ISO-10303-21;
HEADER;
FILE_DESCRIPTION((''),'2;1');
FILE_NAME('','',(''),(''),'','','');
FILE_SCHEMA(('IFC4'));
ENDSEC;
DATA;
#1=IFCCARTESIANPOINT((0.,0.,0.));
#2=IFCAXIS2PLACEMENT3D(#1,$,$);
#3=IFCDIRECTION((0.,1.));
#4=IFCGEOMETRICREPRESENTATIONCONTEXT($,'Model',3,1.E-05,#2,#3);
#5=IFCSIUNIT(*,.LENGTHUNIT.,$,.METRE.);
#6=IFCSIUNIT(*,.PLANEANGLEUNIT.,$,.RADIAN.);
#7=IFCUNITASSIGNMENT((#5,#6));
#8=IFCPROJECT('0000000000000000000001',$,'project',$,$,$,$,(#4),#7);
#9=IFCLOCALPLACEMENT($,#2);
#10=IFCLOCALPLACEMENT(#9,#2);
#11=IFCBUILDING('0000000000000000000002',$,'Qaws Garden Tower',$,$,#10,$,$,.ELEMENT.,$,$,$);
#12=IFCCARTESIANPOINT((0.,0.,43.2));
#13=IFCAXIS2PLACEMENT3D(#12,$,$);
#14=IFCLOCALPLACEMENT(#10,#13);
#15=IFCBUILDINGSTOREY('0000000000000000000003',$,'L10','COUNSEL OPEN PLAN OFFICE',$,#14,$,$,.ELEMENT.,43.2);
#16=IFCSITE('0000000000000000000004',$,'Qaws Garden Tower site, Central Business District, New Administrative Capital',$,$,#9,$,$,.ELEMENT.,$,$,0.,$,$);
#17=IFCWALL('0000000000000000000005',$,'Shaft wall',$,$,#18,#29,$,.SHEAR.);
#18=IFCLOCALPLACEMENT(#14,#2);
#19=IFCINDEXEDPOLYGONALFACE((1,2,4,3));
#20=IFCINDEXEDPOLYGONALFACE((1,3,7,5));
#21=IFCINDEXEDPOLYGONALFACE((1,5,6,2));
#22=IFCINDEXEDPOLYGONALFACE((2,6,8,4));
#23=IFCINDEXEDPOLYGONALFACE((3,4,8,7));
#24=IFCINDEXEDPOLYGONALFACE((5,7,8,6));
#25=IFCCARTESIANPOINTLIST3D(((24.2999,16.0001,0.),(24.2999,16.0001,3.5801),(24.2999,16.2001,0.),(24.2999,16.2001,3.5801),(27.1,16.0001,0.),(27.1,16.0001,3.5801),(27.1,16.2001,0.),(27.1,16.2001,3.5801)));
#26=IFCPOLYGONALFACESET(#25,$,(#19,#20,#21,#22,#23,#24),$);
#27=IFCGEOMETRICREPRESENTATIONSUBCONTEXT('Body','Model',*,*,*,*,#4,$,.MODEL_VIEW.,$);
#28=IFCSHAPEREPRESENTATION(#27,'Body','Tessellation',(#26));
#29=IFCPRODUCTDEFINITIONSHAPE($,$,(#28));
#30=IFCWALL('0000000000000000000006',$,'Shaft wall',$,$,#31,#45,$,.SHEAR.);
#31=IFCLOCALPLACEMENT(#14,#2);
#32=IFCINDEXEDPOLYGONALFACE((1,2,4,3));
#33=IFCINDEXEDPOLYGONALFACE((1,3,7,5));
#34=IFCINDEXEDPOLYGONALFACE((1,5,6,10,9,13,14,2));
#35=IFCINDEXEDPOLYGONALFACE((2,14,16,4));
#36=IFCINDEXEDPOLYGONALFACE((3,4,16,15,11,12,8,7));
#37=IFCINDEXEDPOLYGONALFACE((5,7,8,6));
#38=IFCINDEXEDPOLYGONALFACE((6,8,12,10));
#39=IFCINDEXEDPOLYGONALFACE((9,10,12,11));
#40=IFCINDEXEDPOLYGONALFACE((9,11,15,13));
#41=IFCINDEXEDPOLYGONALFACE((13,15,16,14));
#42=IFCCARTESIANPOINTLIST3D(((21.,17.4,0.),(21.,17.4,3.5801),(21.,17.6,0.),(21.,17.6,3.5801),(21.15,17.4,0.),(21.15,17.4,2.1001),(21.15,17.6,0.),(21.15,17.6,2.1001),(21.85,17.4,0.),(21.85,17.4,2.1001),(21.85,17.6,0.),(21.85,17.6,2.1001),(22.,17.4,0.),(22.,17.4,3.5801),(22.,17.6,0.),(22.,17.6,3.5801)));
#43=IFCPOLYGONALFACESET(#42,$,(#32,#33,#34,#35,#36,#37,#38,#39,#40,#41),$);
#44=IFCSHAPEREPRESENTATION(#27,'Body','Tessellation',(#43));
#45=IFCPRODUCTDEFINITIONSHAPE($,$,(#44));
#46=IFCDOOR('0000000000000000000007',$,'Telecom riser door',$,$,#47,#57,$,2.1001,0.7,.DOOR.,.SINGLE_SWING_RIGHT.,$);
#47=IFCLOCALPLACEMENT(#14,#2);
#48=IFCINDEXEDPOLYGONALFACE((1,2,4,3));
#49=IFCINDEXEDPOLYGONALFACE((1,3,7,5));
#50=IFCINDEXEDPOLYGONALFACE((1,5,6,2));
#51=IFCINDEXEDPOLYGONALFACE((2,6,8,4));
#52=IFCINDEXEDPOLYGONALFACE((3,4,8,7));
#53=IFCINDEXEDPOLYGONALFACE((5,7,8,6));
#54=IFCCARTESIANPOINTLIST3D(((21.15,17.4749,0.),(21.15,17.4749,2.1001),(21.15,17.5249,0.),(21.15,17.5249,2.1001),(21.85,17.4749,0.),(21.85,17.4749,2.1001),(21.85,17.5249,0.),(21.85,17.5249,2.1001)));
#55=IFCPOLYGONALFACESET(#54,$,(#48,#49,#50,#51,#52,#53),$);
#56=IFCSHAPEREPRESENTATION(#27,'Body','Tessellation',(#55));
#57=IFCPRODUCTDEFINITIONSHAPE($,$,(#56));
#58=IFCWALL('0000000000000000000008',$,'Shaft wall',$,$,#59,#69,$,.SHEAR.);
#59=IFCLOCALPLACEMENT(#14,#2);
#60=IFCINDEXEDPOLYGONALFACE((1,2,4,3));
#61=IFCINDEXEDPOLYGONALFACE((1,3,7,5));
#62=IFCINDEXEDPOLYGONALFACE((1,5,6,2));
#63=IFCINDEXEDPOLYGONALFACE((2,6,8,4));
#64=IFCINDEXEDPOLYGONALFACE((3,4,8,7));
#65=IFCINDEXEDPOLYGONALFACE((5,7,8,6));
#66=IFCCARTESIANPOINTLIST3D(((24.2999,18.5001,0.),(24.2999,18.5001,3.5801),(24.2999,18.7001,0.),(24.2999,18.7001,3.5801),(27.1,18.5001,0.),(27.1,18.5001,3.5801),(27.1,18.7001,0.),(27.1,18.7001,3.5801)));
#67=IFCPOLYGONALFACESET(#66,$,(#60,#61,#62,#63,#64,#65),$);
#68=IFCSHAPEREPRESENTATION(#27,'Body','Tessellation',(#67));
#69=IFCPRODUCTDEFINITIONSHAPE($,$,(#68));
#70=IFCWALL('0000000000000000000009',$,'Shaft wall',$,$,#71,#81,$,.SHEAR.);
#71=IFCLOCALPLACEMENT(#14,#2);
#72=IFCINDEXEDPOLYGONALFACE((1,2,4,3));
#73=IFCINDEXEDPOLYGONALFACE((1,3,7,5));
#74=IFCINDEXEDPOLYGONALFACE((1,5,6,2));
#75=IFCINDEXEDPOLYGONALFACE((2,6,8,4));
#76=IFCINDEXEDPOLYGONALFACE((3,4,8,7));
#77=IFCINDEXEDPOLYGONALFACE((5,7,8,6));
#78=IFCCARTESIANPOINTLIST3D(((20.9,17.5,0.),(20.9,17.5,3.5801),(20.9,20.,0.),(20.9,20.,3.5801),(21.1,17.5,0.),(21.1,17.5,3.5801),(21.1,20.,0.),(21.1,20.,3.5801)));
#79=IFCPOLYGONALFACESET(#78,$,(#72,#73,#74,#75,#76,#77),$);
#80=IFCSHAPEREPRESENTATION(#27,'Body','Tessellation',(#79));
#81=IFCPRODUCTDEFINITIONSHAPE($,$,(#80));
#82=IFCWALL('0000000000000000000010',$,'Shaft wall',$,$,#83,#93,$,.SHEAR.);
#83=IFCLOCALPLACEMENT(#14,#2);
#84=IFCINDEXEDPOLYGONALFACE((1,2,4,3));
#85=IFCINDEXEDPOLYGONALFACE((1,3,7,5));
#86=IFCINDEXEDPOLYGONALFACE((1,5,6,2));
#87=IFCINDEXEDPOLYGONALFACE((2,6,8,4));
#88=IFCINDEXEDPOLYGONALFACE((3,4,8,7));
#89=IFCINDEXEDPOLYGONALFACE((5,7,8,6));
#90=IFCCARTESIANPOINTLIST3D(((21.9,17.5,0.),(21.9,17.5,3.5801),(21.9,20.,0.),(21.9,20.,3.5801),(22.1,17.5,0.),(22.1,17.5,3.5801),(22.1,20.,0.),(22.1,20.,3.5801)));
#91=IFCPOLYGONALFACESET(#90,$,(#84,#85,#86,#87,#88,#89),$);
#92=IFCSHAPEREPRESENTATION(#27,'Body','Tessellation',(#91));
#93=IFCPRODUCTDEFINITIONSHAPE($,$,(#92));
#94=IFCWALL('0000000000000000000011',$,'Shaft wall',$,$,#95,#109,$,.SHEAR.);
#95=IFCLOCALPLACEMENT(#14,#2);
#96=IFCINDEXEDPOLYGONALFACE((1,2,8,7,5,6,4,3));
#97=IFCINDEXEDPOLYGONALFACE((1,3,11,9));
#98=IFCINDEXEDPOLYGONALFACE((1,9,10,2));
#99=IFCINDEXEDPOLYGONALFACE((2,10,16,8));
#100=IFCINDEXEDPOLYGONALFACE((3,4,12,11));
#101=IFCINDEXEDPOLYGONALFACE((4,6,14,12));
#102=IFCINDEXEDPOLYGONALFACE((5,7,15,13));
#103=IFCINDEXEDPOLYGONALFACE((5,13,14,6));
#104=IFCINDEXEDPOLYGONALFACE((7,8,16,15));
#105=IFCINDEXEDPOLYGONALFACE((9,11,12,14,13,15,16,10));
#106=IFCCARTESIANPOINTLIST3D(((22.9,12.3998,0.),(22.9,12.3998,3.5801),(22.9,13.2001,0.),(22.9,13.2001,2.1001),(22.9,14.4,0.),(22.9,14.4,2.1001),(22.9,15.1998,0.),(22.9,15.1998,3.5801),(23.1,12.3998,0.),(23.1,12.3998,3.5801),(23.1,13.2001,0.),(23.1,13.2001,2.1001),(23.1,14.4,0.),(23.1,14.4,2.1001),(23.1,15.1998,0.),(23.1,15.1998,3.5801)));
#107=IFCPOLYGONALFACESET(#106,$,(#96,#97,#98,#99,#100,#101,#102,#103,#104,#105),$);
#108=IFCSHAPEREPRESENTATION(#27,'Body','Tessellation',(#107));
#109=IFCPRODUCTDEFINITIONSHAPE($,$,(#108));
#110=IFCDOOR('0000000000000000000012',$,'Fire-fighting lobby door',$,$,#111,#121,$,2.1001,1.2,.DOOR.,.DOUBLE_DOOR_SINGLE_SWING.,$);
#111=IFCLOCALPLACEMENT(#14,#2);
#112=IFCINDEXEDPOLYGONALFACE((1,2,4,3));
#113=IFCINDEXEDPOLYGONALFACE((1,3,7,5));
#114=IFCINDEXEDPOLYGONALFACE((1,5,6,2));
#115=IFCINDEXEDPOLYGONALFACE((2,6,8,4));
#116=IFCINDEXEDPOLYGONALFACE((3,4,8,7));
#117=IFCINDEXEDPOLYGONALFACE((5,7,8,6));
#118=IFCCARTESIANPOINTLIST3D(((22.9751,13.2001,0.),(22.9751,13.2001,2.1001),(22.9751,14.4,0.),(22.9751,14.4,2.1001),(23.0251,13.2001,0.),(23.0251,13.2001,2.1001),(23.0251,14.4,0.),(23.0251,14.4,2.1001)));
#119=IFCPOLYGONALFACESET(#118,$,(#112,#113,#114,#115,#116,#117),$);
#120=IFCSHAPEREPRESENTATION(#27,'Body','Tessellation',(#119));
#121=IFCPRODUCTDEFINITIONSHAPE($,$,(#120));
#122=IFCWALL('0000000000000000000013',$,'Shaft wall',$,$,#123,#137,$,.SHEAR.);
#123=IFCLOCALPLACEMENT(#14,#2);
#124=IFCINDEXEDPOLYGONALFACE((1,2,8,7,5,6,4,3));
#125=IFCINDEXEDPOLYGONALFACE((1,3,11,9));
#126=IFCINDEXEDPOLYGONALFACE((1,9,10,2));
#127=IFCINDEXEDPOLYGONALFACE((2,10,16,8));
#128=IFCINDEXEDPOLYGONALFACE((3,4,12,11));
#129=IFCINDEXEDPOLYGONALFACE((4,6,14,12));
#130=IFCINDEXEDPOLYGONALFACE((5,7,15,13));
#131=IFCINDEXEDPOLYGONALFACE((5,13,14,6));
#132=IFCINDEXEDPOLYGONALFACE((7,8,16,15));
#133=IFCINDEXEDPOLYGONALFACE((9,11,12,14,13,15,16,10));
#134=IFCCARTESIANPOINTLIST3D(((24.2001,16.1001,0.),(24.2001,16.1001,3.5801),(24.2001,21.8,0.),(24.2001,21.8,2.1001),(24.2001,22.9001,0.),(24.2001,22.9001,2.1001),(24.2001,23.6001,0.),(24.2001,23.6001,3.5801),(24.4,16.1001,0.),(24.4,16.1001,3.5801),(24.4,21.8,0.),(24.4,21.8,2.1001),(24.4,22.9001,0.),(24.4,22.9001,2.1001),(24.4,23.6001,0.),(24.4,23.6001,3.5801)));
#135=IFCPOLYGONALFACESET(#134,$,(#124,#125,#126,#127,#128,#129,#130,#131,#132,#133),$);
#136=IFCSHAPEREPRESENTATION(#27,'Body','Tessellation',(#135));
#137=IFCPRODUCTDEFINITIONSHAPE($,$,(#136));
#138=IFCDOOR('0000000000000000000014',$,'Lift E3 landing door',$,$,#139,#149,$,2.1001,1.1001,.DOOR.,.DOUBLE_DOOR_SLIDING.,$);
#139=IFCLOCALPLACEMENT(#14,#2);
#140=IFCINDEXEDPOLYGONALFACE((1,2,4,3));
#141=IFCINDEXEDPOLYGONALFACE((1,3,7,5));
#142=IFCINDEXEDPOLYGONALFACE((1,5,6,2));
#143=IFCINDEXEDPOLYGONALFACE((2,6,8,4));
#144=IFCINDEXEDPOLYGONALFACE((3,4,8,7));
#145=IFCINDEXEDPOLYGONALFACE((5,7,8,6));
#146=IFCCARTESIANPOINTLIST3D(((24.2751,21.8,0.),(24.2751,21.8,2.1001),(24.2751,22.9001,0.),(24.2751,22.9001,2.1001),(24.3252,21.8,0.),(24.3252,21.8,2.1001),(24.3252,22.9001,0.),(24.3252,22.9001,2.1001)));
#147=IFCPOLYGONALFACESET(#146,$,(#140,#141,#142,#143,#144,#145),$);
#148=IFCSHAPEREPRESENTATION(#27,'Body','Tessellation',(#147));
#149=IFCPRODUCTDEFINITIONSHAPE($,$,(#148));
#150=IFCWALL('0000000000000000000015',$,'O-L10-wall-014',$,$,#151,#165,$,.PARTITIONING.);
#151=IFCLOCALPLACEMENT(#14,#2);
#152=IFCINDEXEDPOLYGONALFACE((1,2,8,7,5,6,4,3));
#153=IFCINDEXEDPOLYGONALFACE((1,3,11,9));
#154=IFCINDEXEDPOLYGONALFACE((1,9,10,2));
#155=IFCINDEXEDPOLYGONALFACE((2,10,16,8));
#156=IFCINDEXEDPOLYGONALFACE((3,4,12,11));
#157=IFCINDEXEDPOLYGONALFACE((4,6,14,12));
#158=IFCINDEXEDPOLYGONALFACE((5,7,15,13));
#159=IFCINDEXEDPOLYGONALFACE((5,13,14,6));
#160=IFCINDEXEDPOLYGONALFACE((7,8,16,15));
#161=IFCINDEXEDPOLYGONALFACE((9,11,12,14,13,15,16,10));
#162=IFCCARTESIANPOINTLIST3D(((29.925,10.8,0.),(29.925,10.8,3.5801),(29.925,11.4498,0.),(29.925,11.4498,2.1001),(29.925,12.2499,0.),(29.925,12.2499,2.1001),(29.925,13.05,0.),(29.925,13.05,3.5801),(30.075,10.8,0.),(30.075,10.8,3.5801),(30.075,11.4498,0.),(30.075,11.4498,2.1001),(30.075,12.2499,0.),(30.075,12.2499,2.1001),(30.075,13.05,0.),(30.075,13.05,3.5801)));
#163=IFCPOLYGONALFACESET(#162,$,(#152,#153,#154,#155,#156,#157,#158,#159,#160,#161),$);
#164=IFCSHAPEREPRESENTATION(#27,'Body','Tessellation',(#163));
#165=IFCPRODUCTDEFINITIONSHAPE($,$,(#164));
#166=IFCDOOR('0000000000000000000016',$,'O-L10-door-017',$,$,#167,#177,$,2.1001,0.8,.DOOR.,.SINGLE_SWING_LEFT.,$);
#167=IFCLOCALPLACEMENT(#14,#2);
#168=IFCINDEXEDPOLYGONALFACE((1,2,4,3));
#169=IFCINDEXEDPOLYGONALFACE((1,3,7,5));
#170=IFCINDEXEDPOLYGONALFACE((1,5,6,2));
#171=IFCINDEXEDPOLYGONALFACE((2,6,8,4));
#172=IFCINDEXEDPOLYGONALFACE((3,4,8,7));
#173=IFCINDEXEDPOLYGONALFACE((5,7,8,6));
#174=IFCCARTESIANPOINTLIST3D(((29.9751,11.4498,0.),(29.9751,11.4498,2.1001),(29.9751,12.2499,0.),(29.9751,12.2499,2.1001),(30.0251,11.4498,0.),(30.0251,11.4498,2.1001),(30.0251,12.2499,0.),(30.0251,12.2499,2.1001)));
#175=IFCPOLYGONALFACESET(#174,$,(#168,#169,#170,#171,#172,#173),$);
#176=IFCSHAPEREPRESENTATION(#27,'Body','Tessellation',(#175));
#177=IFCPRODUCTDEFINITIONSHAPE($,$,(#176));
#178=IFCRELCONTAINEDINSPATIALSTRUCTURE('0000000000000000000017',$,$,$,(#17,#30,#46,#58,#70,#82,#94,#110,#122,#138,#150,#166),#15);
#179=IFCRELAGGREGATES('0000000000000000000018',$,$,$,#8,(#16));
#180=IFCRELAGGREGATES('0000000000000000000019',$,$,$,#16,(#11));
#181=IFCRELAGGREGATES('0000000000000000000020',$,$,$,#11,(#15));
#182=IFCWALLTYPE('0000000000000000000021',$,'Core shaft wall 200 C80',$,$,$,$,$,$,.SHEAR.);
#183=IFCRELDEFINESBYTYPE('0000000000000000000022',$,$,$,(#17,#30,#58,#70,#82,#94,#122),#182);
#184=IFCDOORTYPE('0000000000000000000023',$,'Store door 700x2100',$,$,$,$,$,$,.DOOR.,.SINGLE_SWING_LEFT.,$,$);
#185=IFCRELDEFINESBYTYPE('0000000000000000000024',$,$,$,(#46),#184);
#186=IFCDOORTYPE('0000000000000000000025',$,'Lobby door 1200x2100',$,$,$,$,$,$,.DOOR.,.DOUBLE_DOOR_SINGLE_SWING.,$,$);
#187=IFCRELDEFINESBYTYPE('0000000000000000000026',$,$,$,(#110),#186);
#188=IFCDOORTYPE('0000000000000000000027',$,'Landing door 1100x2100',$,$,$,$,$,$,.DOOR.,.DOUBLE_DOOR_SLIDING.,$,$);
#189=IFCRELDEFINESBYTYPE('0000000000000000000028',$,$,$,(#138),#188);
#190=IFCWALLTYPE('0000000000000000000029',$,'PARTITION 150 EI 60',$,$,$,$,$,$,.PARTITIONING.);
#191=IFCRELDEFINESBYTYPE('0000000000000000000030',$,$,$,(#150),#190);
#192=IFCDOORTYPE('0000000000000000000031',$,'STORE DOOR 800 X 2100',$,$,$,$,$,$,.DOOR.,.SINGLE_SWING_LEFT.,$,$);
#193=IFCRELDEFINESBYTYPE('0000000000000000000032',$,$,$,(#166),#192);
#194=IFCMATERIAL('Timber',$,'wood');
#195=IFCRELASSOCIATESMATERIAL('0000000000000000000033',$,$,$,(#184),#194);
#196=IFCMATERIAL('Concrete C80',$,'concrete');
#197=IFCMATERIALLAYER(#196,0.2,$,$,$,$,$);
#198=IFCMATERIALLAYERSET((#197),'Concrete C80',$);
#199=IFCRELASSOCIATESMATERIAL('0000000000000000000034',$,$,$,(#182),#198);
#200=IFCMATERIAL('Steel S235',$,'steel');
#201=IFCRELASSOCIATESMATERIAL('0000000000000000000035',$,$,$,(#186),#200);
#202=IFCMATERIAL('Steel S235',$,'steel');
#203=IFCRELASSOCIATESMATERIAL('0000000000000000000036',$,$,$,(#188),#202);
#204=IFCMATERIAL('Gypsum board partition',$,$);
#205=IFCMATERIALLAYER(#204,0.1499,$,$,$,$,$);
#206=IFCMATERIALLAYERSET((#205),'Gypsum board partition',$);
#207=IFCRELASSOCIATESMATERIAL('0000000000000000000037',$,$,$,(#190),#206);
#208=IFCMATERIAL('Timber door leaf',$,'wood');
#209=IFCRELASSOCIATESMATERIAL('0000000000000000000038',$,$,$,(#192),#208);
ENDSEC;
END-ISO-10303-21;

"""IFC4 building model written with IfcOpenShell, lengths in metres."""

from ifc_helpers import new_model, si_unit, direction, frame, frame_2d, origin, place, context, subcontext, project, spatial, rectangle, extrude, material, layer, layer_set, type_object, element, fill, save


model = new_model("IFC4")

# Units and contexts
model_context = context("Model", 3, precision=1e-05, world=origin(), true_north=direction((0.0, 1.0)))
body_context = subcontext(model_context, "Body", "Model", "MODEL_VIEW")
ifc_project = project(units=[si_unit("LENGTHUNIT", "METRE"), si_unit("PLANEANGLEUNIT", "RADIAN")], contexts=[model_context])

# Site, building, storey
site_placement = place(None, origin())
site = spatial("IfcSite", under=ifc_project, at=site_placement, Name="Qaws Garden Tower site, Central Business District, New Administrative Capital", CompositionType="ELEMENT", RefElevation=0.0)
building_placement = place(site_placement, origin())
building = spatial("IfcBuilding", under=site, at=building_placement, Name="Qaws Garden Tower", CompositionType="ELEMENT")
storey_placement = place(building_placement, frame((0.0, 0.0, 43.2)))
storey = spatial("IfcBuildingStorey", under=building, at=storey_placement, Name="L10", Description="COUNSEL OPEN PLAN OFFICE", CompositionType="ELEMENT", Elevation=43.2)

# Shared definitions
ifc_material_1 = material(Name="Timber", Category="wood")
door_type_1 = type_object("IfcDoorType", Name="Store door 700x2100", OperationType="SINGLE_SWING_LEFT", PredefinedType="DOOR", material=ifc_material_1)

# Wall
ifc_material_2 = material(Name="Concrete C80", Category="concrete")
ifc_layer_1 = layer(ifc_material_2, 0.2)
ifc_layer_set_1 = layer_set([ifc_layer_1], Name="Concrete C80")
wall_type_1 = type_object("IfcWallType", Name="Core shaft wall 200 C80", PredefinedType="SHEAR", material=ifc_layer_set_1)
wall_1_placement = place(storey_placement, frame((24.3, 16.1001, 0.0), z_axis=(0.0, 0.0, 1.0), x_axis=(1.0, 0.0, 0.0)))
element("IfcWall", 1, at=wall_1_placement, inside=storey, type_object=wall_type_1, Name="Shaft wall", PredefinedType="SHEAR", context=body_context, shape_type="SweptSolid", body=[
    extrude(rectangle(XDim=2.8, YDim=0.2, at=frame_2d((1.3999, 0.0))), origin(), (0.0, 0.0, 1.0), 3.5801),
])

# Wall, opening, door
wall_2_placement = place(storey_placement, frame((21.0, 17.5, 0.0), z_axis=(0.0, 0.0, 1.0), x_axis=(1.0, 0.0, 0.0)))
wall_2 = element("IfcWall", 2, at=wall_2_placement, inside=storey, type_object=wall_type_1, Name="Shaft wall", PredefinedType="SHEAR", context=body_context, shape_type="SweptSolid", body=[
    extrude(rectangle(XDim=1.0, YDim=0.2, at=frame_2d((0.5, 0.0))), origin(), (0.0, 0.0, 1.0), 3.5801),
])
opening_1_placement = place(wall_2_placement, frame((0.1499, 0.0, 0.0)))
opening_1 = element("IfcOpeningElement", 3, at=opening_1_placement, cuts=wall_2, PredefinedType="OPENING", context=body_context, shape_type="SweptSolid", body=[
    extrude(rectangle(XDim=0.7, YDim=2.1001, at=frame_2d((0.3501, 1.05))), frame((0.0, 0.1099, 0.0), z_axis=(0.0, -1.0, 0.0), x_axis=(1.0, 0.0, 0.0)), (0.0, 0.0, 1.0), 0.22),
])
door_1_placement = place(opening_1_placement, origin())
door_1 = element("IfcDoor", 4, at=door_1_placement, inside=storey, type_object=door_type_1, Name="Telecom riser door", OperationType="SINGLE_SWING_RIGHT", OverallHeight=2.1001, OverallWidth=0.7, PredefinedType="DOOR", context=body_context, shape_type="SweptSolid", body=[
    extrude(rectangle(XDim=0.7, YDim=2.1001, at=frame_2d((0.3501, 1.05))), frame((0.0, 0.0249, 0.0), z_axis=(0.0, -1.0, 0.0), x_axis=(1.0, 0.0, 0.0)), (0.0, 0.0, 1.0), 0.05),
])
fill(opening_1, door_1)

# Walls
wall_3_placement = place(storey_placement, frame((24.3, 18.6001, 0.0), z_axis=(0.0, 0.0, 1.0), x_axis=(1.0, 0.0, 0.0)))
element("IfcWall", 5, at=wall_3_placement, inside=storey, type_object=wall_type_1, Name="Shaft wall", PredefinedType="SHEAR", context=body_context, shape_type="SweptSolid", body=[
    extrude(rectangle(XDim=2.8, YDim=0.2, at=frame_2d((1.3999, 0.0))), origin(), (0.0, 0.0, 1.0), 3.5801),
])
for number, where, z_axis, x_axis, name in (
    (6, (21.0, 17.5, 0.0), (0.0, 0.0, 1.0), (0.0, 1.0, 0.0), "Shaft wall"),
    (7, (22.0, 17.5, 0.0), (0.0, 0.0, 1.0), (0.0, 1.0, 0.0), "Shaft wall"),
):
    element("IfcWall", number, at=place(storey_placement, frame(where, z_axis=z_axis, x_axis=x_axis)), inside=storey, type_object=wall_type_1, Name=name, PredefinedType="SHEAR", context=body_context, shape_type="SweptSolid", body=[
        extrude(rectangle(XDim=2.5, YDim=0.2, at=frame_2d((1.25, 0.0))), origin(), (0.0, 0.0, 1.0), 3.5801),
    ])

# Walls, openings, doors
wall_4_placement = place(storey_placement, frame((23.0, 12.3999, 0.0), z_axis=(0.0, 0.0, 1.0), x_axis=(0.0, 1.0, 0.0)))
wall_4 = element("IfcWall", 8, at=wall_4_placement, inside=storey, type_object=wall_type_1, Name="Shaft wall", PredefinedType="SHEAR", context=body_context, shape_type="SweptSolid", body=[
    extrude(rectangle(XDim=2.8, YDim=0.2, at=frame_2d((1.3999, 0.0))), origin(), (0.0, 0.0, 1.0), 3.5801),
])
opening_2_placement = place(wall_4_placement, frame((0.8, 0.0, 0.0)))
opening_2 = element("IfcOpeningElement", 9, at=opening_2_placement, cuts=wall_4, PredefinedType="OPENING", context=body_context, shape_type="SweptSolid", body=[
    extrude(rectangle(XDim=1.2, YDim=2.1001, at=frame_2d((0.6001, 1.05))), frame((0.0, 0.1099, 0.0), z_axis=(0.0, -1.0, 0.0), x_axis=(1.0, 0.0, 0.0)), (0.0, 0.0, 1.0), 0.22),
])
ifc_material_3 = material(Name="Steel S235", Category="steel")
door_type_2 = type_object("IfcDoorType", Name="Lobby door 1200x2100", OperationType="DOUBLE_DOOR_SINGLE_SWING", PredefinedType="DOOR", material=ifc_material_3)
door_2_placement = place(opening_2_placement, origin())
door_2 = element("IfcDoor", 10, at=door_2_placement, inside=storey, type_object=door_type_2, Name="Fire-fighting lobby door", OperationType="DOUBLE_DOOR_SINGLE_SWING", OverallHeight=2.1001, OverallWidth=1.2, PredefinedType="DOOR", context=body_context, shape_type="SweptSolid", body=[
    extrude(rectangle(XDim=1.2, YDim=2.1001, at=frame_2d((0.6001, 1.05))), frame((0.0, 0.0249, 0.0), z_axis=(0.0, -1.0, 0.0), x_axis=(1.0, 0.0, 0.0)), (0.0, 0.0, 1.0), 0.05),
])
fill(opening_2, door_2)
wall_5_placement = place(storey_placement, frame((24.3, 16.1001, 0.0), z_axis=(0.0, 0.0, 1.0), x_axis=(0.0, 1.0, 0.0)))
wall_5 = element("IfcWall", 11, at=wall_5_placement, inside=storey, type_object=wall_type_1, Name="Shaft wall", PredefinedType="SHEAR", context=body_context, shape_type="SweptSolid", body=[
    extrude(rectangle(XDim=7.5, YDim=0.2, at=frame_2d((3.75, 0.0))), origin(), (0.0, 0.0, 1.0), 3.5801),
])
opening_3_placement = place(wall_5_placement, frame((5.7, 0.0, 0.0)))
opening_3 = element("IfcOpeningElement", 12, at=opening_3_placement, cuts=wall_5, PredefinedType="OPENING", context=body_context, shape_type="SweptSolid", body=[
    extrude(rectangle(XDim=1.1001, YDim=2.1001, at=frame_2d((0.55, 1.05))), frame((0.0, 0.1099, 0.0), z_axis=(0.0, -1.0, 0.0), x_axis=(1.0, 0.0, 0.0)), (0.0, 0.0, 1.0), 0.22),
])
ifc_material_4 = material(Name="Steel S235", Category="steel")
door_type_3 = type_object("IfcDoorType", Name="Landing door 1100x2100", OperationType="DOUBLE_DOOR_SLIDING", PredefinedType="DOOR", material=ifc_material_4)
door_3_placement = place(opening_3_placement, origin())
door_3 = element("IfcDoor", 13, at=door_3_placement, inside=storey, type_object=door_type_3, Name="Lift E3 landing door", OperationType="DOUBLE_DOOR_SLIDING", OverallHeight=2.1001, OverallWidth=1.1001, PredefinedType="DOOR", context=body_context, shape_type="SweptSolid", body=[
    extrude(rectangle(XDim=1.1001, YDim=2.1001, at=frame_2d((0.55, 1.05))), frame((0.0, 0.0249, 0.0), z_axis=(0.0, -1.0, 0.0), x_axis=(1.0, 0.0, 0.0)), (0.0, 0.0, 1.0), 0.05),
])
fill(opening_3, door_3)
ifc_material_5 = material(Name="Gypsum board partition")
ifc_layer_2 = layer(ifc_material_5, 0.1499)
ifc_layer_set_2 = layer_set([ifc_layer_2], Name="Gypsum board partition")
wall_type_2 = type_object("IfcWallType", Name="PARTITION 150 EI 60", PredefinedType="PARTITIONING", material=ifc_layer_set_2)
wall_6_placement = place(storey_placement, frame((30.0, 10.8, 0.0), z_axis=(0.0, 0.0, 1.0), x_axis=(0.0, 1.0, 0.0)))
wall_6 = element("IfcWall", 14, at=wall_6_placement, inside=storey, type_object=wall_type_2, Name="O-L10-wall-014", PredefinedType="PARTITIONING", context=body_context, shape_type="SweptSolid", body=[
    extrude(rectangle(XDim=2.25, YDim=0.1499, at=frame_2d((1.125, 0.0))), origin(), (0.0, 0.0, 1.0), 3.5801),
])
opening_4_placement = place(wall_6_placement, frame((0.6499, 0.0, 0.0)))
opening_4 = element("IfcOpeningElement", 15, at=opening_4_placement, cuts=wall_6, PredefinedType="OPENING", context=body_context, shape_type="SweptSolid", body=[
    extrude(rectangle(XDim=0.8, YDim=2.1001, at=frame_2d((0.3999, 1.05))), frame((0.0, 0.085, 0.0), z_axis=(0.0, -1.0, 0.0), x_axis=(1.0, 0.0, 0.0)), (0.0, 0.0, 1.0), 0.1699),
])
ifc_material_6 = material(Name="Timber door leaf", Category="wood")
door_type_4 = type_object("IfcDoorType", Name="STORE DOOR 800 X 2100", OperationType="SINGLE_SWING_LEFT", PredefinedType="DOOR", material=ifc_material_6)
door_4_placement = place(opening_4_placement, origin())
door_4 = element("IfcDoor", 16, at=door_4_placement, inside=storey, type_object=door_type_4, Name="O-L10-door-017", OperationType="SINGLE_SWING_LEFT", OverallHeight=2.1001, OverallWidth=0.8, PredefinedType="DOOR", context=body_context, shape_type="SweptSolid", body=[
    extrude(rectangle(XDim=0.8, YDim=2.1001, at=frame_2d((0.3999, 1.05))), frame((0.0, 0.0249, 0.0), z_axis=(0.0, -1.0, 0.0), x_axis=(1.0, 0.0, 0.0)), (0.0, 0.0, 1.0), 0.05),
])
fill(opening_4, door_4)

save(model, "model.ifc")
